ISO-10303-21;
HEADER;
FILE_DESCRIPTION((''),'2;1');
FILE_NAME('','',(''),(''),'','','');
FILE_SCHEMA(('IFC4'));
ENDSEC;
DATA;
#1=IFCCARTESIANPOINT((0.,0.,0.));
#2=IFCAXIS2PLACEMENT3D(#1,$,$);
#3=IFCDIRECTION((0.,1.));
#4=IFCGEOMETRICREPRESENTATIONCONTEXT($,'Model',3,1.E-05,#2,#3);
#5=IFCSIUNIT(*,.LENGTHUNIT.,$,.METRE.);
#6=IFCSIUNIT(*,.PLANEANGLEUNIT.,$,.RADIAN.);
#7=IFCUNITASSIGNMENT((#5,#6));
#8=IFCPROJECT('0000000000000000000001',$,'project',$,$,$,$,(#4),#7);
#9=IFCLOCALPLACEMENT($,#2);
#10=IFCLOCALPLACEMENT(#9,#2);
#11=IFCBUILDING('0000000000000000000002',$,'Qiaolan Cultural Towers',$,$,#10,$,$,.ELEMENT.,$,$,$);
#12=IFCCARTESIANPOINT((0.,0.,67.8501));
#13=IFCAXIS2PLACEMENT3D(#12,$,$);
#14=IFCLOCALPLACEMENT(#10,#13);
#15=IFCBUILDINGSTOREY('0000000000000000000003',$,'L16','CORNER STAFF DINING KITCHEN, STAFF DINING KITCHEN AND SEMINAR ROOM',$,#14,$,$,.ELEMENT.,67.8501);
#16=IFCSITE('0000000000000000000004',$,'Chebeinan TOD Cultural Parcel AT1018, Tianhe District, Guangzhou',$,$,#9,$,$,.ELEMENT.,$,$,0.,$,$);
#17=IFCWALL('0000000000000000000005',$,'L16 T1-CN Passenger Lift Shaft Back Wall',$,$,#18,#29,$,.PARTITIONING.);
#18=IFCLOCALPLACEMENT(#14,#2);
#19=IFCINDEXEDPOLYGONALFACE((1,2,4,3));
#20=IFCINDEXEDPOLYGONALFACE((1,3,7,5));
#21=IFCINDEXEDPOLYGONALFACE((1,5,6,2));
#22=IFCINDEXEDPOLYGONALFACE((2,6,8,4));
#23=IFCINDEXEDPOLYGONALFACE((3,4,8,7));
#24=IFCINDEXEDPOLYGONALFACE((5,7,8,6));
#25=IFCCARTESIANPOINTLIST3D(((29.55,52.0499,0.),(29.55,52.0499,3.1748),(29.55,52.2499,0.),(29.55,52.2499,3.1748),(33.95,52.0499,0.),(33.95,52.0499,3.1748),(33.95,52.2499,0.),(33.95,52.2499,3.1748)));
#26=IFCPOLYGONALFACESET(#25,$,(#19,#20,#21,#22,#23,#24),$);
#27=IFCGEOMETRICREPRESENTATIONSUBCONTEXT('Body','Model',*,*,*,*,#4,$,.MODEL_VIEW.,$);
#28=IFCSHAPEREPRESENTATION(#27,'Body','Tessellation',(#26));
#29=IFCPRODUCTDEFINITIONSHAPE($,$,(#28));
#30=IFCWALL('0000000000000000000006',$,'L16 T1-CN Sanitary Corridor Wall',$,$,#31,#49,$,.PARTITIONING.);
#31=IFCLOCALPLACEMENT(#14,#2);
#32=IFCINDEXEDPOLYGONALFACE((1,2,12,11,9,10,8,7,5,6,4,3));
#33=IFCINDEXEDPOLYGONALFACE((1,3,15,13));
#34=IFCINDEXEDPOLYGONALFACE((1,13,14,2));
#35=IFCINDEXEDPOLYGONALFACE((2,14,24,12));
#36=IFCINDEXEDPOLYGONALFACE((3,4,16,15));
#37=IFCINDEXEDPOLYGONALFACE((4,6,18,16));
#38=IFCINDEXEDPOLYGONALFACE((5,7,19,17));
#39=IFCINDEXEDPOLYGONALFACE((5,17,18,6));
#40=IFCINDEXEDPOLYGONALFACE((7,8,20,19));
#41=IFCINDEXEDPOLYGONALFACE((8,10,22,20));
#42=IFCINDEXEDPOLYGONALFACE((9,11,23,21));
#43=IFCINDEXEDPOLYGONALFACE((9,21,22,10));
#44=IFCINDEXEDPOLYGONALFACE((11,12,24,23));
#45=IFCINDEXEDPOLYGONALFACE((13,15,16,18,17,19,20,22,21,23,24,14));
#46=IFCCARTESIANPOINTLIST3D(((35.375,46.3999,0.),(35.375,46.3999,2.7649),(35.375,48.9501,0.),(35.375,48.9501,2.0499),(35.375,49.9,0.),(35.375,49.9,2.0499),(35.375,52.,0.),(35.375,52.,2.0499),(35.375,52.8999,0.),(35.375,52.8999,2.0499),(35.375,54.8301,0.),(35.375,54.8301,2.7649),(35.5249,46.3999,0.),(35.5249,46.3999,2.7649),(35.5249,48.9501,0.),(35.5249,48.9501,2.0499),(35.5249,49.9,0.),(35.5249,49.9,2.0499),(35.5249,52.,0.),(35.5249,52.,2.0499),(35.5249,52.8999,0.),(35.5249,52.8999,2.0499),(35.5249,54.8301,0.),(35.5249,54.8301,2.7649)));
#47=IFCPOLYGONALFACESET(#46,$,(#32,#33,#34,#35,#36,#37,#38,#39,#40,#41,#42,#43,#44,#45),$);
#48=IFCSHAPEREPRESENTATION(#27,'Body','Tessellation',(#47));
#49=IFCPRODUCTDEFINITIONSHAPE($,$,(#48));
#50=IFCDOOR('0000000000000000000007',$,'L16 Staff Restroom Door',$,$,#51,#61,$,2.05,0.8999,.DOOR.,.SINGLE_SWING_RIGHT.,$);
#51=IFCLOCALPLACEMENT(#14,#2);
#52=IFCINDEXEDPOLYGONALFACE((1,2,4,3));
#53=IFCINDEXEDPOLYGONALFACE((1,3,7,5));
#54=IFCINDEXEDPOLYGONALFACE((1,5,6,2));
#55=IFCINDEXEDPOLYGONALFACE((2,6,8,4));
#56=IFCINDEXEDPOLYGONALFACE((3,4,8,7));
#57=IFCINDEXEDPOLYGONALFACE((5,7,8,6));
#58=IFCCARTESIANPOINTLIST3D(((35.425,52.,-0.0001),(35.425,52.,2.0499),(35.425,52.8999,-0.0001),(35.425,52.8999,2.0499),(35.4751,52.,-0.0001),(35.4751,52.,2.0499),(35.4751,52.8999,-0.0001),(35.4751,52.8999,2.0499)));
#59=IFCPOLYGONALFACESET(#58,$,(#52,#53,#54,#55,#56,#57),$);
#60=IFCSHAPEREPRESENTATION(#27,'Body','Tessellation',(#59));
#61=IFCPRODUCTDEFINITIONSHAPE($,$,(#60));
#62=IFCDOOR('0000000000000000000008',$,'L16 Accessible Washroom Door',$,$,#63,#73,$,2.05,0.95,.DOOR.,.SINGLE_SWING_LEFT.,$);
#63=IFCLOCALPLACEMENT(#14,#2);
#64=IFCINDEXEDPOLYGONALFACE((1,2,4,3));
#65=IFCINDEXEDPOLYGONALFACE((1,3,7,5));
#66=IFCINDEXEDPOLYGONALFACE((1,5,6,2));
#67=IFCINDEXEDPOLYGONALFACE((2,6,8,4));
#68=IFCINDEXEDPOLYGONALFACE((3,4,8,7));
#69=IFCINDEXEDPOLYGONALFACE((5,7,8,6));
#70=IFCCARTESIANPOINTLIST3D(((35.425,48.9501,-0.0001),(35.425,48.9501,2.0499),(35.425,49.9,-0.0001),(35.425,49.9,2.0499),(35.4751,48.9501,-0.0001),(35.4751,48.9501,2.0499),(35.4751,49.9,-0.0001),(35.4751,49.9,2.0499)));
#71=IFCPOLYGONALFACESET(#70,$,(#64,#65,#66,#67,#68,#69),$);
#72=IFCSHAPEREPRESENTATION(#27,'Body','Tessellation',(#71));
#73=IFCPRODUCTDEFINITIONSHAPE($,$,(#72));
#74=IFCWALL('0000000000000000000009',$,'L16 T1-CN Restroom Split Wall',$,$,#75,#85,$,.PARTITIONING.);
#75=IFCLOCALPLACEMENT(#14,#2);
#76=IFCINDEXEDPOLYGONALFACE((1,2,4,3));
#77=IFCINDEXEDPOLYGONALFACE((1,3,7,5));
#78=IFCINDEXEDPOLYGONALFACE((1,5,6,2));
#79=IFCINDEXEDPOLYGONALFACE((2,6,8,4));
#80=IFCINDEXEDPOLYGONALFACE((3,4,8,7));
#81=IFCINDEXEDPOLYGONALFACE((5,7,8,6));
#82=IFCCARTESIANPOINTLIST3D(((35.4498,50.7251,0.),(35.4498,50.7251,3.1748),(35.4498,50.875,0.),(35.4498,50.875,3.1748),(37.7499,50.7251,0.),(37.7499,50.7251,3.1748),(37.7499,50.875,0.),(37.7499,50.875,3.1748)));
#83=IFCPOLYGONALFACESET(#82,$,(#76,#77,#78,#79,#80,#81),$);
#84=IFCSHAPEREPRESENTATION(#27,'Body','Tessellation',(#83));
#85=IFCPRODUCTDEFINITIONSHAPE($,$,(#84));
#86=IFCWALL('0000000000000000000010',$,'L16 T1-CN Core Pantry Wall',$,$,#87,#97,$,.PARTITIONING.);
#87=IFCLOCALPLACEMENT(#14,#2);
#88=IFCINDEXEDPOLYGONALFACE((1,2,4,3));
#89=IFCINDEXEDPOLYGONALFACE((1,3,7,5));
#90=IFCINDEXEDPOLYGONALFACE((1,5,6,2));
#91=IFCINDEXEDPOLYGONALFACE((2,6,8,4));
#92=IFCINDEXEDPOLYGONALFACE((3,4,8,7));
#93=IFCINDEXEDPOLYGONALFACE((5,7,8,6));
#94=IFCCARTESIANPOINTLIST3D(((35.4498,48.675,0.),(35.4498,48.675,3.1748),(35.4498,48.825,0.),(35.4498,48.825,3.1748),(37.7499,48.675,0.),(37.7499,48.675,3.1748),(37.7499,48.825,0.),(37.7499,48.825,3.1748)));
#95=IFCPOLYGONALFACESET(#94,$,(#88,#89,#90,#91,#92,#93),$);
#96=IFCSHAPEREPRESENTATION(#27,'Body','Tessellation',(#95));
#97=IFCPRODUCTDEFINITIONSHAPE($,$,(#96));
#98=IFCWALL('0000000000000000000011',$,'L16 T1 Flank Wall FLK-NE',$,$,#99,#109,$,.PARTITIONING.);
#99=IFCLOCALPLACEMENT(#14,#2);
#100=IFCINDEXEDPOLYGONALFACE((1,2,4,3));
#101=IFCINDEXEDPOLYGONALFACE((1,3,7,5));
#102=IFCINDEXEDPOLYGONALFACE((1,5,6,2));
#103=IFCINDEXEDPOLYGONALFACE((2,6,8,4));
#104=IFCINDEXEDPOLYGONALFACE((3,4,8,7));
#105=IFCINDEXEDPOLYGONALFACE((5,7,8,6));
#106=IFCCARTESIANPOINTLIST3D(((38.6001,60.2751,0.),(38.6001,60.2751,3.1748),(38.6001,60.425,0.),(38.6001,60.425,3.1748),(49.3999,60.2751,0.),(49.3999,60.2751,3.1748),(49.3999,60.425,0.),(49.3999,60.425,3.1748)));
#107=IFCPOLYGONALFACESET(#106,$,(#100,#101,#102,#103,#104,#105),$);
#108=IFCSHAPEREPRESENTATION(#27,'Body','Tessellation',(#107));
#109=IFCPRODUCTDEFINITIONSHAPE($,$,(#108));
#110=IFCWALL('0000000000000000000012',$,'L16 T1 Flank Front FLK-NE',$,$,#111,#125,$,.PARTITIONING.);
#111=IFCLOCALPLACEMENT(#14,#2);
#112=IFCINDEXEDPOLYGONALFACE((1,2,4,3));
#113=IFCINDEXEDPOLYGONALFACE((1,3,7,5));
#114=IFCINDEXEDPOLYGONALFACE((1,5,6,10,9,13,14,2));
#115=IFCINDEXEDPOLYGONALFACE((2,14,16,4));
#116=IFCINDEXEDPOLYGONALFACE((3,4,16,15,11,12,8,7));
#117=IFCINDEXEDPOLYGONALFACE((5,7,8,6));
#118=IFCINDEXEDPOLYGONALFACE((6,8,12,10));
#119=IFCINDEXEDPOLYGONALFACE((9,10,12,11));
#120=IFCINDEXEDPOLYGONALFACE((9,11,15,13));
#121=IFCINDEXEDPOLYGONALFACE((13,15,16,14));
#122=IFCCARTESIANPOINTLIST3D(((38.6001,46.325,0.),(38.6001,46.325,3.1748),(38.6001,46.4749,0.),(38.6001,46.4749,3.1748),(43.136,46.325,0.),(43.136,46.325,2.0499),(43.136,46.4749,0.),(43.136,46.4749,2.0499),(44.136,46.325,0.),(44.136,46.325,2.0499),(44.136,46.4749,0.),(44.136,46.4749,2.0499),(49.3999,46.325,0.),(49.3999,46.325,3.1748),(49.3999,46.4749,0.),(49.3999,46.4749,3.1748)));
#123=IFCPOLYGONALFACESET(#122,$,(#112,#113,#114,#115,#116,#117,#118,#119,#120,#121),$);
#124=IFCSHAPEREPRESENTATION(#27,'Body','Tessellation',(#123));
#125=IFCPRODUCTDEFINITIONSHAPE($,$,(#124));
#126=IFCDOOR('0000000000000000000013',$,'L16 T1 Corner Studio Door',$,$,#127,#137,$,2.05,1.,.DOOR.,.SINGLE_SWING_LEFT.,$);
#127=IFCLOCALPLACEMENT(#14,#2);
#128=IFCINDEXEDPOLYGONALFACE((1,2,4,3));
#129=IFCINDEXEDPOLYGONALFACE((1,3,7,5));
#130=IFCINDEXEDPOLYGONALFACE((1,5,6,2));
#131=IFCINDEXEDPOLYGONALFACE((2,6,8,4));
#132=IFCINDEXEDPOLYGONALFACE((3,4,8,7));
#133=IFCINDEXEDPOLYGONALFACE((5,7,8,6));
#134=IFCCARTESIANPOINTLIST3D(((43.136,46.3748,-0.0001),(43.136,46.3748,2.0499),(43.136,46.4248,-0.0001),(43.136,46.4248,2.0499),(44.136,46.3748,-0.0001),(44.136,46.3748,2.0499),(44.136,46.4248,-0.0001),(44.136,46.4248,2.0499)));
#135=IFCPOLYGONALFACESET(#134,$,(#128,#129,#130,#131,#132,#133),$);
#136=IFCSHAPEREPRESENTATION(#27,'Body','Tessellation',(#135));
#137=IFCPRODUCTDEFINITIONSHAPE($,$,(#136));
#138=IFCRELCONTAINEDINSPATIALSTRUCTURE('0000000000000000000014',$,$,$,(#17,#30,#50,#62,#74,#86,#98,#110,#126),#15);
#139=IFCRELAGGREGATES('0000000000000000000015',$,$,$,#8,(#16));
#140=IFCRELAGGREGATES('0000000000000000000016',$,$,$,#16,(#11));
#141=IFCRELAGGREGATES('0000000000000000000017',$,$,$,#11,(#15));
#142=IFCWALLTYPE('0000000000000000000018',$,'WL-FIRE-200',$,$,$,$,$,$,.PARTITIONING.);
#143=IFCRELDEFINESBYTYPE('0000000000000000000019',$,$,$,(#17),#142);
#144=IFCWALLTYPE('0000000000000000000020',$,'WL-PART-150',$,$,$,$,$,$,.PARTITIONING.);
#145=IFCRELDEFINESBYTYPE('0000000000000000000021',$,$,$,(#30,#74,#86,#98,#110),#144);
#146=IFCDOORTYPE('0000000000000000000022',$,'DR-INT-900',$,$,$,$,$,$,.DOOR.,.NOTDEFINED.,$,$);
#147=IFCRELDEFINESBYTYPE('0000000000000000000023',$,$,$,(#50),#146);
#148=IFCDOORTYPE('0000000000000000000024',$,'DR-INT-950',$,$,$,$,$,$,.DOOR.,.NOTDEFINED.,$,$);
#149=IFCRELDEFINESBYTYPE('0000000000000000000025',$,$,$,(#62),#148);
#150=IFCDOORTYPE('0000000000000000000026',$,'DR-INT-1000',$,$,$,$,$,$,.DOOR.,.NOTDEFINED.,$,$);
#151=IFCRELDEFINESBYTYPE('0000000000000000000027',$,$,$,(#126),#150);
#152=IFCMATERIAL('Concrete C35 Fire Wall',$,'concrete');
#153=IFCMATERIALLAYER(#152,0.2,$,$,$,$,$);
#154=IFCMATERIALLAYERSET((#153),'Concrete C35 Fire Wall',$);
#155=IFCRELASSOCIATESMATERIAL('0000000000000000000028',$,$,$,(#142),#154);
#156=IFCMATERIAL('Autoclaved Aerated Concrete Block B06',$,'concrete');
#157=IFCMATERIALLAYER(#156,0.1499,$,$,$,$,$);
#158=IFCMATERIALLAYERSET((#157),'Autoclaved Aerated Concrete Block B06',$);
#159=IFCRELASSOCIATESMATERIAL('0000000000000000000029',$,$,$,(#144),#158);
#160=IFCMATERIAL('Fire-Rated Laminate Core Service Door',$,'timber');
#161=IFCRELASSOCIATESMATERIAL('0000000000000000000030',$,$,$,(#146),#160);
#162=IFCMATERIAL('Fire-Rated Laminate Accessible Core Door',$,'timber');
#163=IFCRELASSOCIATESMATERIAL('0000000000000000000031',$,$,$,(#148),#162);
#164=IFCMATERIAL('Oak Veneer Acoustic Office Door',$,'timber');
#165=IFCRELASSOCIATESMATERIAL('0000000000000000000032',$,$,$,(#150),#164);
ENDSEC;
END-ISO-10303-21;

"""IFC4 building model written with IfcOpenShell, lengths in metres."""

from ifc_helpers import new_model, si_unit, direction, frame, frame_2d, origin, place, context, subcontext, project, spatial, rectangle, extrude, material, layer, layer_set, type_object, element, fill, save


model = new_model("IFC4")

# Units and contexts
model_context = context("Model", 3, precision=1e-05, world=origin(), true_north=direction((0.0, 1.0)))
body_context = subcontext(model_context, "Body", "Model", "MODEL_VIEW")
ifc_project = project(units=[si_unit("LENGTHUNIT", "METRE"), si_unit("PLANEANGLEUNIT", "RADIAN")], contexts=[model_context])

# Site, building, storey
site_placement = place(None, origin())
site = spatial("IfcSite", under=ifc_project, at=site_placement, Name="Chebeinan TOD Cultural Parcel AT1018, Tianhe District, Guangzhou", CompositionType="ELEMENT", RefElevation=0.0)
building_placement = place(site_placement, origin())
building = spatial("IfcBuilding", under=site, at=building_placement, Name="Qiaolan Cultural Towers", CompositionType="ELEMENT")
storey_placement = place(building_placement, frame((0.0, 0.0, 67.8501)))
storey = spatial("IfcBuildingStorey", under=building, at=storey_placement, Name="L16", Description="CORNER STAFF DINING KITCHEN, STAFF DINING KITCHEN AND SEMINAR ROOM", CompositionType="ELEMENT", Elevation=67.8501)

# Shared definitions
ifc_material_1 = material(Name="Concrete C35 Fire Wall", Category="concrete")
ifc_layer_1 = layer(ifc_material_1, 0.2)
ifc_layer_set_1 = layer_set([ifc_layer_1], Name="Concrete C35 Fire Wall")
wall_type_1 = type_object("IfcWallType", Name="WL-FIRE-200", PredefinedType="PARTITIONING", material=ifc_layer_set_1)

# Wall
wall_1_placement = place(storey_placement, frame((29.55, 52.1499, 0.0), z_axis=(0.0, 0.0, 1.0), x_axis=(1.0, 0.0, 0.0)))
element("IfcWall", 1, at=wall_1_placement, inside=storey, type_object=wall_type_1, Name="L16 T1-CN Passenger Lift Shaft Back Wall", PredefinedType="PARTITIONING", context=body_context, shape_type="SweptSolid", body=[
    extrude(rectangle(XDim=4.3999, YDim=0.2, at=frame_2d((2.2, 0.0))), origin(), (0.0, 0.0, 1.0), 3.1748),
])

# Wall, openings, doors
ifc_material_2 = material(Name="Autoclaved Aerated Concrete Block B06", Category="concrete")
ifc_layer_2 = layer(ifc_material_2, 0.1499)
ifc_layer_set_2 = layer_set([ifc_layer_2], Name="Autoclaved Aerated Concrete Block B06")
wall_type_2 = type_object("IfcWallType", Name="WL-PART-150", PredefinedType="PARTITIONING", material=ifc_layer_set_2)
wall_2_placement = place(storey_placement, frame((35.45, 46.3999, 0.0), z_axis=(0.0, 0.0, 1.0), x_axis=(0.0, 1.0, 0.0)))
wall_2 = element("IfcWall", 2, at=wall_2_placement, inside=storey, type_object=wall_type_2, Name="L16 T1-CN Sanitary Corridor Wall", PredefinedType="PARTITIONING", context=body_context, shape_type="SweptSolid", body=[
    extrude(rectangle(XDim=8.4302, YDim=0.1499, at=frame_2d((4.2151, 0.0))), origin(), (0.0, 0.0, 1.0), 2.7649),
])
opening_1_placement = place(wall_2_placement, frame((2.55, 0.0, 0.0)))
opening_1 = element("IfcOpeningElement", 3, at=opening_1_placement, cuts=wall_2, PredefinedType="OPENING", context=body_context, shape_type="SweptSolid", body=[
    extrude(rectangle(XDim=0.95, YDim=2.05, at=frame_2d((0.4751, 1.0249))), frame((0.0, 0.085, 0.0), z_axis=(0.0, -1.0, 0.0), x_axis=(1.0, 0.0, 0.0)), (0.0, 0.0, 1.0), 0.1699),
])
opening_2_placement = place(wall_2_placement, frame((5.6001, 0.0, 0.0)))
opening_2 = element("IfcOpeningElement", 4, at=opening_2_placement, cuts=wall_2, PredefinedType="OPENING", context=body_context, shape_type="SweptSolid", body=[
    extrude(rectangle(XDim=0.8999, YDim=2.05, at=frame_2d((0.45, 1.0249))), frame((0.0, 0.085, 0.0), z_axis=(0.0, -1.0, 0.0), x_axis=(1.0, 0.0, 0.0)), (0.0, 0.0, 1.0), 0.1699),
])
ifc_material_3 = material(Name="Fire-Rated Laminate Core Service Door", Category="timber")
door_type_1 = type_object("IfcDoorType", Name="DR-INT-900", OperationType="NOTDEFINED", PredefinedType="DOOR", material=ifc_material_3)
door_1_placement = place(opening_2_placement, origin())
door_1 = element("IfcDoor", 5, at=door_1_placement, inside=storey, type_object=door_type_1, Name="L16 Staff Restroom Door", OperationType="SINGLE_SWING_RIGHT", OverallHeight=2.05, OverallWidth=0.8999, PredefinedType="DOOR", context=body_context, shape_type="SweptSolid", body=[
    extrude(rectangle(XDim=0.8999, YDim=2.05, at=frame_2d((0.45, 1.0249))), frame((0.0, 0.0249, 0.0), z_axis=(0.0, -1.0, 0.0), x_axis=(1.0, 0.0, 0.0)), (0.0, 0.0, 1.0), 0.05),
])
fill(opening_2, door_1)
ifc_material_4 = material(Name="Fire-Rated Laminate Accessible Core Door", Category="timber")
door_type_2 = type_object("IfcDoorType", Name="DR-INT-950", OperationType="NOTDEFINED", PredefinedType="DOOR", material=ifc_material_4)
door_2_placement = place(opening_1_placement, origin())
door_2 = element("IfcDoor", 6, at=door_2_placement, inside=storey, type_object=door_type_2, Name="L16 Accessible Washroom Door", OperationType="SINGLE_SWING_LEFT", OverallHeight=2.05, OverallWidth=0.95, PredefinedType="DOOR", context=body_context, shape_type="SweptSolid", body=[
    extrude(rectangle(XDim=0.95, YDim=2.05, at=frame_2d((0.4751, 1.0249))), frame((0.0, 0.0249, 0.0), z_axis=(0.0, -1.0, 0.0), x_axis=(1.0, 0.0, 0.0)), (0.0, 0.0, 1.0), 0.05),
])
fill(opening_1, door_2)

# Walls
for number, where, z_axis, x_axis, name in (
    (7, (35.45, 50.8, 0.0), (0.0, 0.0, 1.0), (1.0, 0.0, 0.0), "L16 T1-CN Restroom Split Wall"),
    (8, (35.45, 48.75, 0.0), (0.0, 0.0, 1.0), (1.0, 0.0, 0.0), "L16 T1-CN Core Pantry Wall"),
):
    element("IfcWall", number, at=place(storey_placement, frame(where, z_axis=z_axis, x_axis=x_axis)), inside=storey, type_object=wall_type_2, Name=name, PredefinedType="PARTITIONING", context=body_context, shape_type="SweptSolid", body=[
        extrude(rectangle(XDim=2.3, YDim=0.1499, at=frame_2d((1.1499, 0.0))), origin(), (0.0, 0.0, 1.0), 3.1748),
    ])
wall_3_placement = place(storey_placement, frame((38.6001, 60.3501, 0.0), z_axis=(0.0, 0.0, 1.0), x_axis=(1.0, 0.0, 0.0)))
element("IfcWall", 9, at=wall_3_placement, inside=storey, type_object=wall_type_2, Name="L16 T1 Flank Wall FLK-NE", PredefinedType="PARTITIONING", context=body_context, shape_type="SweptSolid", body=[
    extrude(rectangle(XDim=10.7998, YDim=0.1499, at=frame_2d((5.3999, 0.0))), origin(), (0.0, 0.0, 1.0), 3.1748),
])

# Wall, opening, door
wall_4_placement = place(storey_placement, frame((38.6001, 46.3999, 0.0), z_axis=(0.0, 0.0, 1.0), x_axis=(1.0, 0.0, 0.0)))
wall_4 = element("IfcWall", 10, at=wall_4_placement, inside=storey, type_object=wall_type_2, Name="L16 T1 Flank Front FLK-NE", PredefinedType="PARTITIONING", context=body_context, shape_type="SweptSolid", body=[
    extrude(rectangle(XDim=10.7998, YDim=0.1499, at=frame_2d((5.3999, 0.0))), origin(), (0.0, 0.0, 1.0), 3.1748),
])
opening_3_placement = place(wall_4_placement, frame((4.5359, 0.0, 0.0)))
opening_3 = element("IfcOpeningElement", 11, at=opening_3_placement, cuts=wall_4, PredefinedType="OPENING", context=body_context, shape_type="SweptSolid", body=[
    extrude(rectangle(XDim=1.0, YDim=2.05, at=frame_2d((0.5, 1.0249))), frame((0.0, 0.085, 0.0), z_axis=(0.0, -1.0, 0.0), x_axis=(1.0, 0.0, 0.0)), (0.0, 0.0, 1.0), 0.1699),
])
ifc_material_5 = material(Name="Oak Veneer Acoustic Office Door", Category="timber")
door_type_3 = type_object("IfcDoorType", Name="DR-INT-1000", OperationType="NOTDEFINED", PredefinedType="DOOR", material=ifc_material_5)
door_3_placement = place(opening_3_placement, origin())
door_3 = element("IfcDoor", 12, at=door_3_placement, inside=storey, type_object=door_type_3, Name="L16 T1 Corner Studio Door", OperationType="SINGLE_SWING_LEFT", OverallHeight=2.05, OverallWidth=1.0, PredefinedType="DOOR", context=body_context, shape_type="SweptSolid", body=[
    extrude(rectangle(XDim=1.0, YDim=2.05, at=frame_2d((0.5, 1.0249))), frame((0.0, 0.0249, 0.0), z_axis=(0.0, -1.0, 0.0), x_axis=(1.0, 0.0, 0.0)), (0.0, 0.0, 1.0), 0.05),
])
fill(opening_3, door_3)

save(model, "model.ifc")
